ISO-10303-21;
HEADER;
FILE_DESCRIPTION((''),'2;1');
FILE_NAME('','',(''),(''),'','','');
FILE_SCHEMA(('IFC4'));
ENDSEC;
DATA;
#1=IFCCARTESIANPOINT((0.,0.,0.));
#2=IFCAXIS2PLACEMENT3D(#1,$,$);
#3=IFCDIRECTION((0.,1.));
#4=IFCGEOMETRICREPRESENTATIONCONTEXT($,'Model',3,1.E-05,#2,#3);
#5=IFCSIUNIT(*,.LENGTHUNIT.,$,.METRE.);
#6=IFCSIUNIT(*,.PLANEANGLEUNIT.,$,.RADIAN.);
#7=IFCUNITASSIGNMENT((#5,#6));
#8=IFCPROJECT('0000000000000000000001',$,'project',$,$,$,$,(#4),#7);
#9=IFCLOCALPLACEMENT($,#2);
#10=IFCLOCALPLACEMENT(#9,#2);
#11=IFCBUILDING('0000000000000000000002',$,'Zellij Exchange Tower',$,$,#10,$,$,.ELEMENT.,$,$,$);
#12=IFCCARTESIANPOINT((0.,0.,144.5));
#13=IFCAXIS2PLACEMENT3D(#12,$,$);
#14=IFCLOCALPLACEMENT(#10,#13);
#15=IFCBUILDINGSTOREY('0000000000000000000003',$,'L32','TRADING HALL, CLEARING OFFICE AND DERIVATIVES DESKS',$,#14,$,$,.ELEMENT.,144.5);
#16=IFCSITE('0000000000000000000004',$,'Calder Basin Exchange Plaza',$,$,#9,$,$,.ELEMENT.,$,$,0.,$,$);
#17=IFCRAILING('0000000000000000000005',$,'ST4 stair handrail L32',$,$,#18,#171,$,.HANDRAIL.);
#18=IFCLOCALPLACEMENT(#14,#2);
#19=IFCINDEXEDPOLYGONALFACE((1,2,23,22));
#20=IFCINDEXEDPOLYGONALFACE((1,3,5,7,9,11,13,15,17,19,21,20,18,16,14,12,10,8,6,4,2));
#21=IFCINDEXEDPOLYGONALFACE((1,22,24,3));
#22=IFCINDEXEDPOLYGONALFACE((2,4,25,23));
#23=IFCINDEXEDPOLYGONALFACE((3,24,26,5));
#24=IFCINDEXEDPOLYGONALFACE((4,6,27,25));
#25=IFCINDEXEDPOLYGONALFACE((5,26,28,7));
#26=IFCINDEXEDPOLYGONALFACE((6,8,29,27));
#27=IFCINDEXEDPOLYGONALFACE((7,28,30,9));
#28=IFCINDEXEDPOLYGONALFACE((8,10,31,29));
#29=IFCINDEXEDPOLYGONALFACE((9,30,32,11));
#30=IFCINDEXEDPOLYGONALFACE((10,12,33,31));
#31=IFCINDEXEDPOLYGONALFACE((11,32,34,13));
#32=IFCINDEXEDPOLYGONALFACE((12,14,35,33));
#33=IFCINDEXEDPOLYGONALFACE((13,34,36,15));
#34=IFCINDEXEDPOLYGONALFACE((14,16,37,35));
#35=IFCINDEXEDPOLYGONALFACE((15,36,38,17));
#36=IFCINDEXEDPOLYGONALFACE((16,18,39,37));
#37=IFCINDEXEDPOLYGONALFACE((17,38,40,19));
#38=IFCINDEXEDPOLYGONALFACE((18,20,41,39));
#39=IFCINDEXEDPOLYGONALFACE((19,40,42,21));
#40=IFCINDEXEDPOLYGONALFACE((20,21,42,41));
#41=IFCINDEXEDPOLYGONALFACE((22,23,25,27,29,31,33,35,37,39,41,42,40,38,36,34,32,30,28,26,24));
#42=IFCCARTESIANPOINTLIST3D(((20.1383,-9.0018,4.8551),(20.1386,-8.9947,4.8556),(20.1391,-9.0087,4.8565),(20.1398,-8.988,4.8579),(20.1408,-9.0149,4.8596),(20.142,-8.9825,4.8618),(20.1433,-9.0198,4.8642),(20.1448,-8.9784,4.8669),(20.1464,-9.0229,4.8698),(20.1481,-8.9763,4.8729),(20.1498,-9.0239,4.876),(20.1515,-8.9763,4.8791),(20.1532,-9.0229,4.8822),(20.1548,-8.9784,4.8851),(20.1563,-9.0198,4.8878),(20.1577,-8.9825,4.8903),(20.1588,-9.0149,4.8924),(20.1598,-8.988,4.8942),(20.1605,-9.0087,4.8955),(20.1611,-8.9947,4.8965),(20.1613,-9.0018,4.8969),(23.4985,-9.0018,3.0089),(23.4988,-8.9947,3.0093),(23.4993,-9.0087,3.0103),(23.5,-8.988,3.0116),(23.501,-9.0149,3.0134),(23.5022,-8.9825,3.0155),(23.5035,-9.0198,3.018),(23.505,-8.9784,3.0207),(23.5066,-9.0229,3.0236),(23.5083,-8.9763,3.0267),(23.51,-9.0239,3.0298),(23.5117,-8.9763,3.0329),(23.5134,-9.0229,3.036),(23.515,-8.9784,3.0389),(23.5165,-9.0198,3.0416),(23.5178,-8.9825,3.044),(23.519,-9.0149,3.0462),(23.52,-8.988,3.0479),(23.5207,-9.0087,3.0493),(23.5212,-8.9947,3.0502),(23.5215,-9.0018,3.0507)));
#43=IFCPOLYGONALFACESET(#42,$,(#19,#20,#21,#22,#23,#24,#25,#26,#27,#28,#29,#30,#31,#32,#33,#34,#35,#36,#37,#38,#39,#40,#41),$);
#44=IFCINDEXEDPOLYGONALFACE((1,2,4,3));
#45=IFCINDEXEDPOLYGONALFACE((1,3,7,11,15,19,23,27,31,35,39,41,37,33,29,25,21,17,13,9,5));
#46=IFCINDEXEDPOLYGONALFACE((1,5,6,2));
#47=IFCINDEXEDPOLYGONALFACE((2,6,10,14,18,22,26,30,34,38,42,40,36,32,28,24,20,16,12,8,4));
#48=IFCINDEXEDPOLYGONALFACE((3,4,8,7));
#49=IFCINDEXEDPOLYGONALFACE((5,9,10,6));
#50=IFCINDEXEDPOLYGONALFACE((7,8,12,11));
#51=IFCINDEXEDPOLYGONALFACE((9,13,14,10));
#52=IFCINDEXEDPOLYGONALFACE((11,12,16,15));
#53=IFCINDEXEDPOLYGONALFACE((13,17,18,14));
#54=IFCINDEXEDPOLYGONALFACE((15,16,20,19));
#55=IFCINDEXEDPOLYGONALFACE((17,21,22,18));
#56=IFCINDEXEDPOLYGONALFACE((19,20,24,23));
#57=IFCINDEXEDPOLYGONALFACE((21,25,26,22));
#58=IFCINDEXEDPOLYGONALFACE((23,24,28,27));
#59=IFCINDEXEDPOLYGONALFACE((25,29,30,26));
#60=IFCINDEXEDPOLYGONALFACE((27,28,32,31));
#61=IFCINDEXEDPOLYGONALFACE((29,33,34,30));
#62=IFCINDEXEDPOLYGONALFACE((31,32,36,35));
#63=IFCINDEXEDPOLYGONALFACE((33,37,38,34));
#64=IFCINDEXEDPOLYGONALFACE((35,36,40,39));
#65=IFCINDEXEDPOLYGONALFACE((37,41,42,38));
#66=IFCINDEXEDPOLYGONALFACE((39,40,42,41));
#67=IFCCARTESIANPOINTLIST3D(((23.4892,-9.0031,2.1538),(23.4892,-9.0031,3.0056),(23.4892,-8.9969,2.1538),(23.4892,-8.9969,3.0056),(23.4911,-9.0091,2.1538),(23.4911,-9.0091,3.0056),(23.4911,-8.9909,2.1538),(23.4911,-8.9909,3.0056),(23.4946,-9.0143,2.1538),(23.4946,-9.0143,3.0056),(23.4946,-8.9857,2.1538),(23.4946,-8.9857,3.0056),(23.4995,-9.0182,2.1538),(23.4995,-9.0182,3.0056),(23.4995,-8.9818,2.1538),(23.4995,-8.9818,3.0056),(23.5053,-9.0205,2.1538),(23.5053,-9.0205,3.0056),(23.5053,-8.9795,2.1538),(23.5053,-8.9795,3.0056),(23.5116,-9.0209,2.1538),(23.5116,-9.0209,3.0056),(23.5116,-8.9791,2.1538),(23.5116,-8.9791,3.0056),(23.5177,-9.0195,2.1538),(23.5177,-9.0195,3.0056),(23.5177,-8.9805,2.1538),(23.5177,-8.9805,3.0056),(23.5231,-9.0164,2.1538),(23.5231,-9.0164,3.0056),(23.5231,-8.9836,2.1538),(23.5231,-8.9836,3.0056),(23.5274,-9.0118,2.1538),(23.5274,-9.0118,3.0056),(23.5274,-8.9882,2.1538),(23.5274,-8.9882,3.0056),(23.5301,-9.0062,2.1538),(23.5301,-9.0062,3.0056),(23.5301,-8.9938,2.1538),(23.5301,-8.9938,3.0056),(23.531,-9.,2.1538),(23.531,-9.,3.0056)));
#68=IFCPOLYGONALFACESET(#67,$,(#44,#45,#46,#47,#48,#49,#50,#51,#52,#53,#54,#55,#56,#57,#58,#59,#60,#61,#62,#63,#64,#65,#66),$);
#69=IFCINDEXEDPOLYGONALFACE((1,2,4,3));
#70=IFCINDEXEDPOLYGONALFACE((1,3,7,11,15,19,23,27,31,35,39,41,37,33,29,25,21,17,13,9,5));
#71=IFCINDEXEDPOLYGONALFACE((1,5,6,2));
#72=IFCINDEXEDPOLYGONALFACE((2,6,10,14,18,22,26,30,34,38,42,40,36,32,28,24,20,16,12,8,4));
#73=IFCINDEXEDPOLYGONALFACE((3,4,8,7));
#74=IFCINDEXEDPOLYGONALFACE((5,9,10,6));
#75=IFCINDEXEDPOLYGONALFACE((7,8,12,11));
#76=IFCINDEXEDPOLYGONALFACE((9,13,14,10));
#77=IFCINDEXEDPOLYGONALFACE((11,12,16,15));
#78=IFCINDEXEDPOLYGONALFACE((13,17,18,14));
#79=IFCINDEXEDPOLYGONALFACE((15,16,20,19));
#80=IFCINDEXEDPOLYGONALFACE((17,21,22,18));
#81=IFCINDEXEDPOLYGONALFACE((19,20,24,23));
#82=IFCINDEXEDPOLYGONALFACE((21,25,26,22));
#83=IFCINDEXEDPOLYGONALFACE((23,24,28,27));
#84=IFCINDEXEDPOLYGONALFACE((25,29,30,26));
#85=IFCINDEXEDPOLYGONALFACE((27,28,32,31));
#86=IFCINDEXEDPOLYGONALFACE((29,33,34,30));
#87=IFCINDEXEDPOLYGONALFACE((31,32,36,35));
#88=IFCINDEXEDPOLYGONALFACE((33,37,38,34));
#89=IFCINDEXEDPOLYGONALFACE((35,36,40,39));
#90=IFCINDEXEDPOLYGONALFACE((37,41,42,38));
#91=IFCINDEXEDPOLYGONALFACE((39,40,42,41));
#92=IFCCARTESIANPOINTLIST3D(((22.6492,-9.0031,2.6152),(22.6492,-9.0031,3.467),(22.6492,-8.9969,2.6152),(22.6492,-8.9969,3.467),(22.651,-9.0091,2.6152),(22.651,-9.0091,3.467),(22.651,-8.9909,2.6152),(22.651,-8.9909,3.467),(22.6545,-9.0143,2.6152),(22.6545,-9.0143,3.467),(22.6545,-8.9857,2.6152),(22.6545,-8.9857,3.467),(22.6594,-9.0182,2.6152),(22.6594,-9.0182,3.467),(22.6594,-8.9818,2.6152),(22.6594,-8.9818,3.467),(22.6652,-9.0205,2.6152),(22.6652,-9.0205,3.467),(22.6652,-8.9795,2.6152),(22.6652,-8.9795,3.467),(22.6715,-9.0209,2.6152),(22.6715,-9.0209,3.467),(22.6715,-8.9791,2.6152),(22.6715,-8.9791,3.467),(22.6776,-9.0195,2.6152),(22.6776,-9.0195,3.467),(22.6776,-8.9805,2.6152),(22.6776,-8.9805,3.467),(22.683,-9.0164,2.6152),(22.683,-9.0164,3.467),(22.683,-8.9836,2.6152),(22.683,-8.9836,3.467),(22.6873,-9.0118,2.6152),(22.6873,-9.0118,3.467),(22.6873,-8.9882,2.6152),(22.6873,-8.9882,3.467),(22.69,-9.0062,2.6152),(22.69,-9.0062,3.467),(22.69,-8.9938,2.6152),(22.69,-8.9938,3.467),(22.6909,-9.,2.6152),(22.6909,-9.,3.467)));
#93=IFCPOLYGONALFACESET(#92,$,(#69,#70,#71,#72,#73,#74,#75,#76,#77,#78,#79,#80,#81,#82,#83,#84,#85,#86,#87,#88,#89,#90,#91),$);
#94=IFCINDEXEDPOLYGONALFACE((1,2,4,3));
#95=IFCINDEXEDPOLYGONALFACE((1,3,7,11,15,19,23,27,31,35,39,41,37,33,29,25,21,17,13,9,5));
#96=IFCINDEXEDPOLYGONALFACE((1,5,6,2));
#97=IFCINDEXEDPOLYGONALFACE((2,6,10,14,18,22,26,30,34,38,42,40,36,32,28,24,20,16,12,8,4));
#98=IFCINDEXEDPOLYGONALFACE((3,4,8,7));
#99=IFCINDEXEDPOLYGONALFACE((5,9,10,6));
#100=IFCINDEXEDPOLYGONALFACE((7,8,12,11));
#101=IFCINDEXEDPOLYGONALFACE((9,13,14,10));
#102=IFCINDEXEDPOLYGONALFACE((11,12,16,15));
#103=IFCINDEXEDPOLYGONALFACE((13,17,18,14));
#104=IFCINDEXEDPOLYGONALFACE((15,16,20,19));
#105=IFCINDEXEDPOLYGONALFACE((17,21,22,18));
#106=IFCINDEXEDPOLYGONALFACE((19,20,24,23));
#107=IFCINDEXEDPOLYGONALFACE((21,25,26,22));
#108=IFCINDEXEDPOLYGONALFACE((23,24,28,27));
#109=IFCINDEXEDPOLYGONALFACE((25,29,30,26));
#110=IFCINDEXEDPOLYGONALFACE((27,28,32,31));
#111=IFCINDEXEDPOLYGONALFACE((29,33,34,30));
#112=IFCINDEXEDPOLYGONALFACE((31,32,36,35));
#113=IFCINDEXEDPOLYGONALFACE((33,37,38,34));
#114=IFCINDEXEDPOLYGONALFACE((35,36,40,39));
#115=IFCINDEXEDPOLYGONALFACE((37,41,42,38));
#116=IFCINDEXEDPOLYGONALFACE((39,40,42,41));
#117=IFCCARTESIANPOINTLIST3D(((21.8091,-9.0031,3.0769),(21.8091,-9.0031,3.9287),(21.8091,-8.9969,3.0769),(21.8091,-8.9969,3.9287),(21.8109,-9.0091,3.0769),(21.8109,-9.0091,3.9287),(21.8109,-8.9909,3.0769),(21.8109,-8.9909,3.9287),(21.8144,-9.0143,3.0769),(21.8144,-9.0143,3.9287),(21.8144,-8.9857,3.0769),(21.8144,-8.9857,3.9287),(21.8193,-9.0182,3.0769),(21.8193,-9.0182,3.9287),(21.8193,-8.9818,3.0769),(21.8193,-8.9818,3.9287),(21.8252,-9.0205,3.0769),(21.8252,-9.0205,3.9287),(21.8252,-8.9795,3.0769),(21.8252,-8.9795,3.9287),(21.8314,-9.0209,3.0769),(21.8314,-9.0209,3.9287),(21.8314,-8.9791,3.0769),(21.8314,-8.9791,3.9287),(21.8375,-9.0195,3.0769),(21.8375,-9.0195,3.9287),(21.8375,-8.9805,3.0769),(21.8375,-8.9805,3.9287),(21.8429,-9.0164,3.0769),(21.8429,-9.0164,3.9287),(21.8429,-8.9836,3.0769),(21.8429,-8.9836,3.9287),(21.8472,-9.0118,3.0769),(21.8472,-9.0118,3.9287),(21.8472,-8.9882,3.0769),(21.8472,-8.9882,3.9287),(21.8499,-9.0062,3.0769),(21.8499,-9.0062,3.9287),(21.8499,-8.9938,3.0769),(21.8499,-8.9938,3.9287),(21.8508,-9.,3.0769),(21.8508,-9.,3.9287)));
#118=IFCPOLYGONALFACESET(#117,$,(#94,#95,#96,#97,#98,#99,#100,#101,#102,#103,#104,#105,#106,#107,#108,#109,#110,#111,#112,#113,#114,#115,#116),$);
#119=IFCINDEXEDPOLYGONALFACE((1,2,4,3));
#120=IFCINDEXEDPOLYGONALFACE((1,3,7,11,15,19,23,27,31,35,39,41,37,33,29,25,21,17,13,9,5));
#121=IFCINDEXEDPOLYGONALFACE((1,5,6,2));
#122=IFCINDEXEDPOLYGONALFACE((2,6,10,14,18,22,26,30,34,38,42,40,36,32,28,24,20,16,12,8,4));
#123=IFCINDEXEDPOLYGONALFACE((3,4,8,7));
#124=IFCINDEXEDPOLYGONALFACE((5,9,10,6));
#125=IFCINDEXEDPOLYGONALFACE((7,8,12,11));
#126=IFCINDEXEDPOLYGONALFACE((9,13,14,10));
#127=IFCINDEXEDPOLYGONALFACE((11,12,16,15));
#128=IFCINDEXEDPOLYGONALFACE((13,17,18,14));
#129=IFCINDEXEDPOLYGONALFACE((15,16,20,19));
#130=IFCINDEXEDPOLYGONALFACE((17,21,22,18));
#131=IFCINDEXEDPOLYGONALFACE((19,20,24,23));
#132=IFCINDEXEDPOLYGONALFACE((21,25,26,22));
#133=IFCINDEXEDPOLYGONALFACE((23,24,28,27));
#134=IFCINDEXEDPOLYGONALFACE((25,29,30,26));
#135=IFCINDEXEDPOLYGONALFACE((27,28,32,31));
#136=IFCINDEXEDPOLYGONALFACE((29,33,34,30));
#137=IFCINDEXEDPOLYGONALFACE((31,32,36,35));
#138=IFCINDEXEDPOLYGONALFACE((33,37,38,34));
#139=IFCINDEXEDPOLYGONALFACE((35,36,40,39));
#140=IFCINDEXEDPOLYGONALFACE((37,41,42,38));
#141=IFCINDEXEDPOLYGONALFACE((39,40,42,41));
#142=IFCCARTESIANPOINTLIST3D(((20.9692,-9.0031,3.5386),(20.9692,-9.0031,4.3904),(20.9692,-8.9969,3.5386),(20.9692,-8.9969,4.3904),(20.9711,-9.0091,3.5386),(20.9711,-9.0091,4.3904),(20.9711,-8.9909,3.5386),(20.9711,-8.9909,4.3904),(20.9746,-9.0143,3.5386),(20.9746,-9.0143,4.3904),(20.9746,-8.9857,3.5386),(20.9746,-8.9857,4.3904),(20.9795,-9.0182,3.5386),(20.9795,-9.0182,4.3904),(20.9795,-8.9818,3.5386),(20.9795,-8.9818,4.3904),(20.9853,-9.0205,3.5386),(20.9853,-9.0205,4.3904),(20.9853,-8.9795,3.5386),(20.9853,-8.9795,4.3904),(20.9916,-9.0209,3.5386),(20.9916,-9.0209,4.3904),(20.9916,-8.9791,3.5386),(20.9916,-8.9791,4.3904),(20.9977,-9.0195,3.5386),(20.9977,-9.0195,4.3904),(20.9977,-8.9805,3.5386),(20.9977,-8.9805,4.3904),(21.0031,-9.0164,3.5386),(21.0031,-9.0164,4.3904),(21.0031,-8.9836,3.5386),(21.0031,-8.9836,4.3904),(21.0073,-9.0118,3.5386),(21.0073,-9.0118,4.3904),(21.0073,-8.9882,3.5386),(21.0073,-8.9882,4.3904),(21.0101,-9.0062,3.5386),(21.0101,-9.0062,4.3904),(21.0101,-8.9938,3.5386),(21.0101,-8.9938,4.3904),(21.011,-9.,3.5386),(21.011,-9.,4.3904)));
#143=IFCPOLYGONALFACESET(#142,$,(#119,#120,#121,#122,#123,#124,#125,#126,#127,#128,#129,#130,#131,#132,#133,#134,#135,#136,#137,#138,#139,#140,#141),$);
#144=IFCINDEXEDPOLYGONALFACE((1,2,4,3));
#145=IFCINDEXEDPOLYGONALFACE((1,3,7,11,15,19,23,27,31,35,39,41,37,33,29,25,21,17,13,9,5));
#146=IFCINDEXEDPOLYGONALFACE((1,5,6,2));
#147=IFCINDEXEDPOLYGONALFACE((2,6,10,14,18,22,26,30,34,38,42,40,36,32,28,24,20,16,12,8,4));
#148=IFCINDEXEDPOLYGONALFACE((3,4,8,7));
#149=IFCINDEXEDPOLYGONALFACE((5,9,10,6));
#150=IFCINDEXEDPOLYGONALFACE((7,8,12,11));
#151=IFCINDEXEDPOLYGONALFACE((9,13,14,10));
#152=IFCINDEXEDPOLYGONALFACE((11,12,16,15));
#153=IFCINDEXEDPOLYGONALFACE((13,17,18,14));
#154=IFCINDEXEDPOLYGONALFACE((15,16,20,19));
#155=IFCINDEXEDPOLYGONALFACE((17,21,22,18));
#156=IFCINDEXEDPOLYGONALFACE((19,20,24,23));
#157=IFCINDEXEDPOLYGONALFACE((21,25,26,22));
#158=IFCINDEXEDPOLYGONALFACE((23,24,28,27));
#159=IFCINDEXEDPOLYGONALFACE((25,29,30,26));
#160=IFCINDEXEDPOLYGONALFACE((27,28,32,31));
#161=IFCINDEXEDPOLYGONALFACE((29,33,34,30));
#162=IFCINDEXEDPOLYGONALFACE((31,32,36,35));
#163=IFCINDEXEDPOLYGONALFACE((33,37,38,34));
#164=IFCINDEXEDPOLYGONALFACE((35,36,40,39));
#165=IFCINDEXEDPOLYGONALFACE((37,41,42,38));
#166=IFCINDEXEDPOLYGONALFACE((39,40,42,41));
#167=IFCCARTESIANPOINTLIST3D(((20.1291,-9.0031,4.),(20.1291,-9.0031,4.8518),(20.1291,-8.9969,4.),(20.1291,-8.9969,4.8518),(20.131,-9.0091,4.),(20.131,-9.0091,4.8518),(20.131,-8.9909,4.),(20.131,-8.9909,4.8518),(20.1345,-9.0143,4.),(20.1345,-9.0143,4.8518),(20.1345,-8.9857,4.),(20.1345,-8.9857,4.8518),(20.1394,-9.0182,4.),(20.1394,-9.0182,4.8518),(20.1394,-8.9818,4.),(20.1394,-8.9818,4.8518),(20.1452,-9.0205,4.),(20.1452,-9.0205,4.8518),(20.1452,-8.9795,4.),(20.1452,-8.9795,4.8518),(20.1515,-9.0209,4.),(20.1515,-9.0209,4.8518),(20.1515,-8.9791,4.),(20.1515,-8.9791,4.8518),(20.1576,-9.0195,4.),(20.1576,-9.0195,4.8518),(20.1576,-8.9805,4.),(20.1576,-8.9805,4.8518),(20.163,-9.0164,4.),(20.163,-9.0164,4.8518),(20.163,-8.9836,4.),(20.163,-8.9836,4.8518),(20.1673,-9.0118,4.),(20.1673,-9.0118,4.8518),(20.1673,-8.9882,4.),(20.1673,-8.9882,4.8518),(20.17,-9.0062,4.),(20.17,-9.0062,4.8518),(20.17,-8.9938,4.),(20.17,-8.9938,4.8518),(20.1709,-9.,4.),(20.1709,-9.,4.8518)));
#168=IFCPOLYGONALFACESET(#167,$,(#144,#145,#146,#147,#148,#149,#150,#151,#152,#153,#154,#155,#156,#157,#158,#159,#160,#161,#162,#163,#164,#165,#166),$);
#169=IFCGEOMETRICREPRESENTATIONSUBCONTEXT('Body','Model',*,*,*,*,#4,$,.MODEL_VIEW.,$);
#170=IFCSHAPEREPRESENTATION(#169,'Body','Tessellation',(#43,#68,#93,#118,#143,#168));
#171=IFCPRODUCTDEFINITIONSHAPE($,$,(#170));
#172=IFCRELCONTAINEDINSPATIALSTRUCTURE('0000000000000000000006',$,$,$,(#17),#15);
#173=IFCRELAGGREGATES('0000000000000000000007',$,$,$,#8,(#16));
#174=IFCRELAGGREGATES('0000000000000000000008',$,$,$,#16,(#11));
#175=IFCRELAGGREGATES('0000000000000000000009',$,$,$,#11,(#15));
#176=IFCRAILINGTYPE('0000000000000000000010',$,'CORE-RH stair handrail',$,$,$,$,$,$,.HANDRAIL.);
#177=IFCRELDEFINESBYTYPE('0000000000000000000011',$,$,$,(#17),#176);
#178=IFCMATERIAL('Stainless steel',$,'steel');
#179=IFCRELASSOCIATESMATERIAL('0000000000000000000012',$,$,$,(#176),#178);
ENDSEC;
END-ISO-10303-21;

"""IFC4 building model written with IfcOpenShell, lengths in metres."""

from ifc_helpers import new_model, si_unit, direction, frame, origin, origin_2d, place, context, subcontext, project, spatial, circle, extrude, material, type_object, element, save


model = new_model("IFC4")

# Units and contexts
model_context = context("Model", 3, precision=1e-05, world=origin(), true_north=direction((0.0, 1.0)))
body_context = subcontext(model_context, "Body", "Model", "MODEL_VIEW")
ifc_project = project(units=[si_unit("LENGTHUNIT", "METRE"), si_unit("PLANEANGLEUNIT", "RADIAN")], contexts=[model_context])

# Site, building, storey
site_placement = place(None, origin())
site = spatial("IfcSite", under=ifc_project, at=site_placement, Name="Calder Basin Exchange Plaza", CompositionType="ELEMENT", RefElevation=0.0)
building_placement = place(site_placement, origin())
building = spatial("IfcBuilding", under=site, at=building_placement, Name="Zellij Exchange Tower", CompositionType="ELEMENT")
storey_placement = place(building_placement, frame((0.0, 0.0, 144.5)))
storey = spatial("IfcBuildingStorey", under=building, at=storey_placement, Name="L32", Description="TRADING HALL, CLEARING OFFICE AND DERIVATIVES DESKS", CompositionType="ELEMENT", Elevation=144.5)

# Railing
ifc_material_1 = material(Name="Stainless steel", Category="steel")
railing_type_1 = type_object("IfcRailingType", Name="CORE-RH stair handrail", PredefinedType="HANDRAIL", material=ifc_material_1)
railing_1_placement = place(storey_placement, frame((23.51, -9.0, 2.1538)))
element("IfcRailing", 1, at=railing_1_placement, inside=storey, type_object=railing_type_1, Name="ST4 stair handrail L32", PredefinedType="HANDRAIL", context=body_context, shape_type="SweptSolid", body=[
    extrude(circle(Radius=0.0239, at=origin_2d()), frame((0.0, 0.0, 0.876), z_axis=(-0.876422, 0.0, 0.481545), x_axis=(0.0, -1.0, 0.0)), (0.0, 0.0, 1.0), 3.834),
    extrude(circle(Radius=0.021, at=origin_2d()), origin(), (0.0, 0.0, 1.0), 0.8518),
    extrude(circle(Radius=0.021, at=origin_2d()), frame((-0.8401, 0.0, 0.4614)), (0.0, 0.0, 1.0), 0.8518),
    extrude(circle(Radius=0.021, at=origin_2d()), frame((-1.6802, 0.0, 0.9231)), (0.0, 0.0, 1.0), 0.8518),
    extrude(circle(Radius=0.021, at=origin_2d()), frame((-2.52, 0.0, 1.3848)), (0.0, 0.0, 1.0), 0.8518),
    extrude(circle(Radius=0.021, at=origin_2d()), frame((-3.3601, 0.0, 1.8462)), (0.0, 0.0, 1.0), 0.8518),
])

save(model, "model.ifc")
